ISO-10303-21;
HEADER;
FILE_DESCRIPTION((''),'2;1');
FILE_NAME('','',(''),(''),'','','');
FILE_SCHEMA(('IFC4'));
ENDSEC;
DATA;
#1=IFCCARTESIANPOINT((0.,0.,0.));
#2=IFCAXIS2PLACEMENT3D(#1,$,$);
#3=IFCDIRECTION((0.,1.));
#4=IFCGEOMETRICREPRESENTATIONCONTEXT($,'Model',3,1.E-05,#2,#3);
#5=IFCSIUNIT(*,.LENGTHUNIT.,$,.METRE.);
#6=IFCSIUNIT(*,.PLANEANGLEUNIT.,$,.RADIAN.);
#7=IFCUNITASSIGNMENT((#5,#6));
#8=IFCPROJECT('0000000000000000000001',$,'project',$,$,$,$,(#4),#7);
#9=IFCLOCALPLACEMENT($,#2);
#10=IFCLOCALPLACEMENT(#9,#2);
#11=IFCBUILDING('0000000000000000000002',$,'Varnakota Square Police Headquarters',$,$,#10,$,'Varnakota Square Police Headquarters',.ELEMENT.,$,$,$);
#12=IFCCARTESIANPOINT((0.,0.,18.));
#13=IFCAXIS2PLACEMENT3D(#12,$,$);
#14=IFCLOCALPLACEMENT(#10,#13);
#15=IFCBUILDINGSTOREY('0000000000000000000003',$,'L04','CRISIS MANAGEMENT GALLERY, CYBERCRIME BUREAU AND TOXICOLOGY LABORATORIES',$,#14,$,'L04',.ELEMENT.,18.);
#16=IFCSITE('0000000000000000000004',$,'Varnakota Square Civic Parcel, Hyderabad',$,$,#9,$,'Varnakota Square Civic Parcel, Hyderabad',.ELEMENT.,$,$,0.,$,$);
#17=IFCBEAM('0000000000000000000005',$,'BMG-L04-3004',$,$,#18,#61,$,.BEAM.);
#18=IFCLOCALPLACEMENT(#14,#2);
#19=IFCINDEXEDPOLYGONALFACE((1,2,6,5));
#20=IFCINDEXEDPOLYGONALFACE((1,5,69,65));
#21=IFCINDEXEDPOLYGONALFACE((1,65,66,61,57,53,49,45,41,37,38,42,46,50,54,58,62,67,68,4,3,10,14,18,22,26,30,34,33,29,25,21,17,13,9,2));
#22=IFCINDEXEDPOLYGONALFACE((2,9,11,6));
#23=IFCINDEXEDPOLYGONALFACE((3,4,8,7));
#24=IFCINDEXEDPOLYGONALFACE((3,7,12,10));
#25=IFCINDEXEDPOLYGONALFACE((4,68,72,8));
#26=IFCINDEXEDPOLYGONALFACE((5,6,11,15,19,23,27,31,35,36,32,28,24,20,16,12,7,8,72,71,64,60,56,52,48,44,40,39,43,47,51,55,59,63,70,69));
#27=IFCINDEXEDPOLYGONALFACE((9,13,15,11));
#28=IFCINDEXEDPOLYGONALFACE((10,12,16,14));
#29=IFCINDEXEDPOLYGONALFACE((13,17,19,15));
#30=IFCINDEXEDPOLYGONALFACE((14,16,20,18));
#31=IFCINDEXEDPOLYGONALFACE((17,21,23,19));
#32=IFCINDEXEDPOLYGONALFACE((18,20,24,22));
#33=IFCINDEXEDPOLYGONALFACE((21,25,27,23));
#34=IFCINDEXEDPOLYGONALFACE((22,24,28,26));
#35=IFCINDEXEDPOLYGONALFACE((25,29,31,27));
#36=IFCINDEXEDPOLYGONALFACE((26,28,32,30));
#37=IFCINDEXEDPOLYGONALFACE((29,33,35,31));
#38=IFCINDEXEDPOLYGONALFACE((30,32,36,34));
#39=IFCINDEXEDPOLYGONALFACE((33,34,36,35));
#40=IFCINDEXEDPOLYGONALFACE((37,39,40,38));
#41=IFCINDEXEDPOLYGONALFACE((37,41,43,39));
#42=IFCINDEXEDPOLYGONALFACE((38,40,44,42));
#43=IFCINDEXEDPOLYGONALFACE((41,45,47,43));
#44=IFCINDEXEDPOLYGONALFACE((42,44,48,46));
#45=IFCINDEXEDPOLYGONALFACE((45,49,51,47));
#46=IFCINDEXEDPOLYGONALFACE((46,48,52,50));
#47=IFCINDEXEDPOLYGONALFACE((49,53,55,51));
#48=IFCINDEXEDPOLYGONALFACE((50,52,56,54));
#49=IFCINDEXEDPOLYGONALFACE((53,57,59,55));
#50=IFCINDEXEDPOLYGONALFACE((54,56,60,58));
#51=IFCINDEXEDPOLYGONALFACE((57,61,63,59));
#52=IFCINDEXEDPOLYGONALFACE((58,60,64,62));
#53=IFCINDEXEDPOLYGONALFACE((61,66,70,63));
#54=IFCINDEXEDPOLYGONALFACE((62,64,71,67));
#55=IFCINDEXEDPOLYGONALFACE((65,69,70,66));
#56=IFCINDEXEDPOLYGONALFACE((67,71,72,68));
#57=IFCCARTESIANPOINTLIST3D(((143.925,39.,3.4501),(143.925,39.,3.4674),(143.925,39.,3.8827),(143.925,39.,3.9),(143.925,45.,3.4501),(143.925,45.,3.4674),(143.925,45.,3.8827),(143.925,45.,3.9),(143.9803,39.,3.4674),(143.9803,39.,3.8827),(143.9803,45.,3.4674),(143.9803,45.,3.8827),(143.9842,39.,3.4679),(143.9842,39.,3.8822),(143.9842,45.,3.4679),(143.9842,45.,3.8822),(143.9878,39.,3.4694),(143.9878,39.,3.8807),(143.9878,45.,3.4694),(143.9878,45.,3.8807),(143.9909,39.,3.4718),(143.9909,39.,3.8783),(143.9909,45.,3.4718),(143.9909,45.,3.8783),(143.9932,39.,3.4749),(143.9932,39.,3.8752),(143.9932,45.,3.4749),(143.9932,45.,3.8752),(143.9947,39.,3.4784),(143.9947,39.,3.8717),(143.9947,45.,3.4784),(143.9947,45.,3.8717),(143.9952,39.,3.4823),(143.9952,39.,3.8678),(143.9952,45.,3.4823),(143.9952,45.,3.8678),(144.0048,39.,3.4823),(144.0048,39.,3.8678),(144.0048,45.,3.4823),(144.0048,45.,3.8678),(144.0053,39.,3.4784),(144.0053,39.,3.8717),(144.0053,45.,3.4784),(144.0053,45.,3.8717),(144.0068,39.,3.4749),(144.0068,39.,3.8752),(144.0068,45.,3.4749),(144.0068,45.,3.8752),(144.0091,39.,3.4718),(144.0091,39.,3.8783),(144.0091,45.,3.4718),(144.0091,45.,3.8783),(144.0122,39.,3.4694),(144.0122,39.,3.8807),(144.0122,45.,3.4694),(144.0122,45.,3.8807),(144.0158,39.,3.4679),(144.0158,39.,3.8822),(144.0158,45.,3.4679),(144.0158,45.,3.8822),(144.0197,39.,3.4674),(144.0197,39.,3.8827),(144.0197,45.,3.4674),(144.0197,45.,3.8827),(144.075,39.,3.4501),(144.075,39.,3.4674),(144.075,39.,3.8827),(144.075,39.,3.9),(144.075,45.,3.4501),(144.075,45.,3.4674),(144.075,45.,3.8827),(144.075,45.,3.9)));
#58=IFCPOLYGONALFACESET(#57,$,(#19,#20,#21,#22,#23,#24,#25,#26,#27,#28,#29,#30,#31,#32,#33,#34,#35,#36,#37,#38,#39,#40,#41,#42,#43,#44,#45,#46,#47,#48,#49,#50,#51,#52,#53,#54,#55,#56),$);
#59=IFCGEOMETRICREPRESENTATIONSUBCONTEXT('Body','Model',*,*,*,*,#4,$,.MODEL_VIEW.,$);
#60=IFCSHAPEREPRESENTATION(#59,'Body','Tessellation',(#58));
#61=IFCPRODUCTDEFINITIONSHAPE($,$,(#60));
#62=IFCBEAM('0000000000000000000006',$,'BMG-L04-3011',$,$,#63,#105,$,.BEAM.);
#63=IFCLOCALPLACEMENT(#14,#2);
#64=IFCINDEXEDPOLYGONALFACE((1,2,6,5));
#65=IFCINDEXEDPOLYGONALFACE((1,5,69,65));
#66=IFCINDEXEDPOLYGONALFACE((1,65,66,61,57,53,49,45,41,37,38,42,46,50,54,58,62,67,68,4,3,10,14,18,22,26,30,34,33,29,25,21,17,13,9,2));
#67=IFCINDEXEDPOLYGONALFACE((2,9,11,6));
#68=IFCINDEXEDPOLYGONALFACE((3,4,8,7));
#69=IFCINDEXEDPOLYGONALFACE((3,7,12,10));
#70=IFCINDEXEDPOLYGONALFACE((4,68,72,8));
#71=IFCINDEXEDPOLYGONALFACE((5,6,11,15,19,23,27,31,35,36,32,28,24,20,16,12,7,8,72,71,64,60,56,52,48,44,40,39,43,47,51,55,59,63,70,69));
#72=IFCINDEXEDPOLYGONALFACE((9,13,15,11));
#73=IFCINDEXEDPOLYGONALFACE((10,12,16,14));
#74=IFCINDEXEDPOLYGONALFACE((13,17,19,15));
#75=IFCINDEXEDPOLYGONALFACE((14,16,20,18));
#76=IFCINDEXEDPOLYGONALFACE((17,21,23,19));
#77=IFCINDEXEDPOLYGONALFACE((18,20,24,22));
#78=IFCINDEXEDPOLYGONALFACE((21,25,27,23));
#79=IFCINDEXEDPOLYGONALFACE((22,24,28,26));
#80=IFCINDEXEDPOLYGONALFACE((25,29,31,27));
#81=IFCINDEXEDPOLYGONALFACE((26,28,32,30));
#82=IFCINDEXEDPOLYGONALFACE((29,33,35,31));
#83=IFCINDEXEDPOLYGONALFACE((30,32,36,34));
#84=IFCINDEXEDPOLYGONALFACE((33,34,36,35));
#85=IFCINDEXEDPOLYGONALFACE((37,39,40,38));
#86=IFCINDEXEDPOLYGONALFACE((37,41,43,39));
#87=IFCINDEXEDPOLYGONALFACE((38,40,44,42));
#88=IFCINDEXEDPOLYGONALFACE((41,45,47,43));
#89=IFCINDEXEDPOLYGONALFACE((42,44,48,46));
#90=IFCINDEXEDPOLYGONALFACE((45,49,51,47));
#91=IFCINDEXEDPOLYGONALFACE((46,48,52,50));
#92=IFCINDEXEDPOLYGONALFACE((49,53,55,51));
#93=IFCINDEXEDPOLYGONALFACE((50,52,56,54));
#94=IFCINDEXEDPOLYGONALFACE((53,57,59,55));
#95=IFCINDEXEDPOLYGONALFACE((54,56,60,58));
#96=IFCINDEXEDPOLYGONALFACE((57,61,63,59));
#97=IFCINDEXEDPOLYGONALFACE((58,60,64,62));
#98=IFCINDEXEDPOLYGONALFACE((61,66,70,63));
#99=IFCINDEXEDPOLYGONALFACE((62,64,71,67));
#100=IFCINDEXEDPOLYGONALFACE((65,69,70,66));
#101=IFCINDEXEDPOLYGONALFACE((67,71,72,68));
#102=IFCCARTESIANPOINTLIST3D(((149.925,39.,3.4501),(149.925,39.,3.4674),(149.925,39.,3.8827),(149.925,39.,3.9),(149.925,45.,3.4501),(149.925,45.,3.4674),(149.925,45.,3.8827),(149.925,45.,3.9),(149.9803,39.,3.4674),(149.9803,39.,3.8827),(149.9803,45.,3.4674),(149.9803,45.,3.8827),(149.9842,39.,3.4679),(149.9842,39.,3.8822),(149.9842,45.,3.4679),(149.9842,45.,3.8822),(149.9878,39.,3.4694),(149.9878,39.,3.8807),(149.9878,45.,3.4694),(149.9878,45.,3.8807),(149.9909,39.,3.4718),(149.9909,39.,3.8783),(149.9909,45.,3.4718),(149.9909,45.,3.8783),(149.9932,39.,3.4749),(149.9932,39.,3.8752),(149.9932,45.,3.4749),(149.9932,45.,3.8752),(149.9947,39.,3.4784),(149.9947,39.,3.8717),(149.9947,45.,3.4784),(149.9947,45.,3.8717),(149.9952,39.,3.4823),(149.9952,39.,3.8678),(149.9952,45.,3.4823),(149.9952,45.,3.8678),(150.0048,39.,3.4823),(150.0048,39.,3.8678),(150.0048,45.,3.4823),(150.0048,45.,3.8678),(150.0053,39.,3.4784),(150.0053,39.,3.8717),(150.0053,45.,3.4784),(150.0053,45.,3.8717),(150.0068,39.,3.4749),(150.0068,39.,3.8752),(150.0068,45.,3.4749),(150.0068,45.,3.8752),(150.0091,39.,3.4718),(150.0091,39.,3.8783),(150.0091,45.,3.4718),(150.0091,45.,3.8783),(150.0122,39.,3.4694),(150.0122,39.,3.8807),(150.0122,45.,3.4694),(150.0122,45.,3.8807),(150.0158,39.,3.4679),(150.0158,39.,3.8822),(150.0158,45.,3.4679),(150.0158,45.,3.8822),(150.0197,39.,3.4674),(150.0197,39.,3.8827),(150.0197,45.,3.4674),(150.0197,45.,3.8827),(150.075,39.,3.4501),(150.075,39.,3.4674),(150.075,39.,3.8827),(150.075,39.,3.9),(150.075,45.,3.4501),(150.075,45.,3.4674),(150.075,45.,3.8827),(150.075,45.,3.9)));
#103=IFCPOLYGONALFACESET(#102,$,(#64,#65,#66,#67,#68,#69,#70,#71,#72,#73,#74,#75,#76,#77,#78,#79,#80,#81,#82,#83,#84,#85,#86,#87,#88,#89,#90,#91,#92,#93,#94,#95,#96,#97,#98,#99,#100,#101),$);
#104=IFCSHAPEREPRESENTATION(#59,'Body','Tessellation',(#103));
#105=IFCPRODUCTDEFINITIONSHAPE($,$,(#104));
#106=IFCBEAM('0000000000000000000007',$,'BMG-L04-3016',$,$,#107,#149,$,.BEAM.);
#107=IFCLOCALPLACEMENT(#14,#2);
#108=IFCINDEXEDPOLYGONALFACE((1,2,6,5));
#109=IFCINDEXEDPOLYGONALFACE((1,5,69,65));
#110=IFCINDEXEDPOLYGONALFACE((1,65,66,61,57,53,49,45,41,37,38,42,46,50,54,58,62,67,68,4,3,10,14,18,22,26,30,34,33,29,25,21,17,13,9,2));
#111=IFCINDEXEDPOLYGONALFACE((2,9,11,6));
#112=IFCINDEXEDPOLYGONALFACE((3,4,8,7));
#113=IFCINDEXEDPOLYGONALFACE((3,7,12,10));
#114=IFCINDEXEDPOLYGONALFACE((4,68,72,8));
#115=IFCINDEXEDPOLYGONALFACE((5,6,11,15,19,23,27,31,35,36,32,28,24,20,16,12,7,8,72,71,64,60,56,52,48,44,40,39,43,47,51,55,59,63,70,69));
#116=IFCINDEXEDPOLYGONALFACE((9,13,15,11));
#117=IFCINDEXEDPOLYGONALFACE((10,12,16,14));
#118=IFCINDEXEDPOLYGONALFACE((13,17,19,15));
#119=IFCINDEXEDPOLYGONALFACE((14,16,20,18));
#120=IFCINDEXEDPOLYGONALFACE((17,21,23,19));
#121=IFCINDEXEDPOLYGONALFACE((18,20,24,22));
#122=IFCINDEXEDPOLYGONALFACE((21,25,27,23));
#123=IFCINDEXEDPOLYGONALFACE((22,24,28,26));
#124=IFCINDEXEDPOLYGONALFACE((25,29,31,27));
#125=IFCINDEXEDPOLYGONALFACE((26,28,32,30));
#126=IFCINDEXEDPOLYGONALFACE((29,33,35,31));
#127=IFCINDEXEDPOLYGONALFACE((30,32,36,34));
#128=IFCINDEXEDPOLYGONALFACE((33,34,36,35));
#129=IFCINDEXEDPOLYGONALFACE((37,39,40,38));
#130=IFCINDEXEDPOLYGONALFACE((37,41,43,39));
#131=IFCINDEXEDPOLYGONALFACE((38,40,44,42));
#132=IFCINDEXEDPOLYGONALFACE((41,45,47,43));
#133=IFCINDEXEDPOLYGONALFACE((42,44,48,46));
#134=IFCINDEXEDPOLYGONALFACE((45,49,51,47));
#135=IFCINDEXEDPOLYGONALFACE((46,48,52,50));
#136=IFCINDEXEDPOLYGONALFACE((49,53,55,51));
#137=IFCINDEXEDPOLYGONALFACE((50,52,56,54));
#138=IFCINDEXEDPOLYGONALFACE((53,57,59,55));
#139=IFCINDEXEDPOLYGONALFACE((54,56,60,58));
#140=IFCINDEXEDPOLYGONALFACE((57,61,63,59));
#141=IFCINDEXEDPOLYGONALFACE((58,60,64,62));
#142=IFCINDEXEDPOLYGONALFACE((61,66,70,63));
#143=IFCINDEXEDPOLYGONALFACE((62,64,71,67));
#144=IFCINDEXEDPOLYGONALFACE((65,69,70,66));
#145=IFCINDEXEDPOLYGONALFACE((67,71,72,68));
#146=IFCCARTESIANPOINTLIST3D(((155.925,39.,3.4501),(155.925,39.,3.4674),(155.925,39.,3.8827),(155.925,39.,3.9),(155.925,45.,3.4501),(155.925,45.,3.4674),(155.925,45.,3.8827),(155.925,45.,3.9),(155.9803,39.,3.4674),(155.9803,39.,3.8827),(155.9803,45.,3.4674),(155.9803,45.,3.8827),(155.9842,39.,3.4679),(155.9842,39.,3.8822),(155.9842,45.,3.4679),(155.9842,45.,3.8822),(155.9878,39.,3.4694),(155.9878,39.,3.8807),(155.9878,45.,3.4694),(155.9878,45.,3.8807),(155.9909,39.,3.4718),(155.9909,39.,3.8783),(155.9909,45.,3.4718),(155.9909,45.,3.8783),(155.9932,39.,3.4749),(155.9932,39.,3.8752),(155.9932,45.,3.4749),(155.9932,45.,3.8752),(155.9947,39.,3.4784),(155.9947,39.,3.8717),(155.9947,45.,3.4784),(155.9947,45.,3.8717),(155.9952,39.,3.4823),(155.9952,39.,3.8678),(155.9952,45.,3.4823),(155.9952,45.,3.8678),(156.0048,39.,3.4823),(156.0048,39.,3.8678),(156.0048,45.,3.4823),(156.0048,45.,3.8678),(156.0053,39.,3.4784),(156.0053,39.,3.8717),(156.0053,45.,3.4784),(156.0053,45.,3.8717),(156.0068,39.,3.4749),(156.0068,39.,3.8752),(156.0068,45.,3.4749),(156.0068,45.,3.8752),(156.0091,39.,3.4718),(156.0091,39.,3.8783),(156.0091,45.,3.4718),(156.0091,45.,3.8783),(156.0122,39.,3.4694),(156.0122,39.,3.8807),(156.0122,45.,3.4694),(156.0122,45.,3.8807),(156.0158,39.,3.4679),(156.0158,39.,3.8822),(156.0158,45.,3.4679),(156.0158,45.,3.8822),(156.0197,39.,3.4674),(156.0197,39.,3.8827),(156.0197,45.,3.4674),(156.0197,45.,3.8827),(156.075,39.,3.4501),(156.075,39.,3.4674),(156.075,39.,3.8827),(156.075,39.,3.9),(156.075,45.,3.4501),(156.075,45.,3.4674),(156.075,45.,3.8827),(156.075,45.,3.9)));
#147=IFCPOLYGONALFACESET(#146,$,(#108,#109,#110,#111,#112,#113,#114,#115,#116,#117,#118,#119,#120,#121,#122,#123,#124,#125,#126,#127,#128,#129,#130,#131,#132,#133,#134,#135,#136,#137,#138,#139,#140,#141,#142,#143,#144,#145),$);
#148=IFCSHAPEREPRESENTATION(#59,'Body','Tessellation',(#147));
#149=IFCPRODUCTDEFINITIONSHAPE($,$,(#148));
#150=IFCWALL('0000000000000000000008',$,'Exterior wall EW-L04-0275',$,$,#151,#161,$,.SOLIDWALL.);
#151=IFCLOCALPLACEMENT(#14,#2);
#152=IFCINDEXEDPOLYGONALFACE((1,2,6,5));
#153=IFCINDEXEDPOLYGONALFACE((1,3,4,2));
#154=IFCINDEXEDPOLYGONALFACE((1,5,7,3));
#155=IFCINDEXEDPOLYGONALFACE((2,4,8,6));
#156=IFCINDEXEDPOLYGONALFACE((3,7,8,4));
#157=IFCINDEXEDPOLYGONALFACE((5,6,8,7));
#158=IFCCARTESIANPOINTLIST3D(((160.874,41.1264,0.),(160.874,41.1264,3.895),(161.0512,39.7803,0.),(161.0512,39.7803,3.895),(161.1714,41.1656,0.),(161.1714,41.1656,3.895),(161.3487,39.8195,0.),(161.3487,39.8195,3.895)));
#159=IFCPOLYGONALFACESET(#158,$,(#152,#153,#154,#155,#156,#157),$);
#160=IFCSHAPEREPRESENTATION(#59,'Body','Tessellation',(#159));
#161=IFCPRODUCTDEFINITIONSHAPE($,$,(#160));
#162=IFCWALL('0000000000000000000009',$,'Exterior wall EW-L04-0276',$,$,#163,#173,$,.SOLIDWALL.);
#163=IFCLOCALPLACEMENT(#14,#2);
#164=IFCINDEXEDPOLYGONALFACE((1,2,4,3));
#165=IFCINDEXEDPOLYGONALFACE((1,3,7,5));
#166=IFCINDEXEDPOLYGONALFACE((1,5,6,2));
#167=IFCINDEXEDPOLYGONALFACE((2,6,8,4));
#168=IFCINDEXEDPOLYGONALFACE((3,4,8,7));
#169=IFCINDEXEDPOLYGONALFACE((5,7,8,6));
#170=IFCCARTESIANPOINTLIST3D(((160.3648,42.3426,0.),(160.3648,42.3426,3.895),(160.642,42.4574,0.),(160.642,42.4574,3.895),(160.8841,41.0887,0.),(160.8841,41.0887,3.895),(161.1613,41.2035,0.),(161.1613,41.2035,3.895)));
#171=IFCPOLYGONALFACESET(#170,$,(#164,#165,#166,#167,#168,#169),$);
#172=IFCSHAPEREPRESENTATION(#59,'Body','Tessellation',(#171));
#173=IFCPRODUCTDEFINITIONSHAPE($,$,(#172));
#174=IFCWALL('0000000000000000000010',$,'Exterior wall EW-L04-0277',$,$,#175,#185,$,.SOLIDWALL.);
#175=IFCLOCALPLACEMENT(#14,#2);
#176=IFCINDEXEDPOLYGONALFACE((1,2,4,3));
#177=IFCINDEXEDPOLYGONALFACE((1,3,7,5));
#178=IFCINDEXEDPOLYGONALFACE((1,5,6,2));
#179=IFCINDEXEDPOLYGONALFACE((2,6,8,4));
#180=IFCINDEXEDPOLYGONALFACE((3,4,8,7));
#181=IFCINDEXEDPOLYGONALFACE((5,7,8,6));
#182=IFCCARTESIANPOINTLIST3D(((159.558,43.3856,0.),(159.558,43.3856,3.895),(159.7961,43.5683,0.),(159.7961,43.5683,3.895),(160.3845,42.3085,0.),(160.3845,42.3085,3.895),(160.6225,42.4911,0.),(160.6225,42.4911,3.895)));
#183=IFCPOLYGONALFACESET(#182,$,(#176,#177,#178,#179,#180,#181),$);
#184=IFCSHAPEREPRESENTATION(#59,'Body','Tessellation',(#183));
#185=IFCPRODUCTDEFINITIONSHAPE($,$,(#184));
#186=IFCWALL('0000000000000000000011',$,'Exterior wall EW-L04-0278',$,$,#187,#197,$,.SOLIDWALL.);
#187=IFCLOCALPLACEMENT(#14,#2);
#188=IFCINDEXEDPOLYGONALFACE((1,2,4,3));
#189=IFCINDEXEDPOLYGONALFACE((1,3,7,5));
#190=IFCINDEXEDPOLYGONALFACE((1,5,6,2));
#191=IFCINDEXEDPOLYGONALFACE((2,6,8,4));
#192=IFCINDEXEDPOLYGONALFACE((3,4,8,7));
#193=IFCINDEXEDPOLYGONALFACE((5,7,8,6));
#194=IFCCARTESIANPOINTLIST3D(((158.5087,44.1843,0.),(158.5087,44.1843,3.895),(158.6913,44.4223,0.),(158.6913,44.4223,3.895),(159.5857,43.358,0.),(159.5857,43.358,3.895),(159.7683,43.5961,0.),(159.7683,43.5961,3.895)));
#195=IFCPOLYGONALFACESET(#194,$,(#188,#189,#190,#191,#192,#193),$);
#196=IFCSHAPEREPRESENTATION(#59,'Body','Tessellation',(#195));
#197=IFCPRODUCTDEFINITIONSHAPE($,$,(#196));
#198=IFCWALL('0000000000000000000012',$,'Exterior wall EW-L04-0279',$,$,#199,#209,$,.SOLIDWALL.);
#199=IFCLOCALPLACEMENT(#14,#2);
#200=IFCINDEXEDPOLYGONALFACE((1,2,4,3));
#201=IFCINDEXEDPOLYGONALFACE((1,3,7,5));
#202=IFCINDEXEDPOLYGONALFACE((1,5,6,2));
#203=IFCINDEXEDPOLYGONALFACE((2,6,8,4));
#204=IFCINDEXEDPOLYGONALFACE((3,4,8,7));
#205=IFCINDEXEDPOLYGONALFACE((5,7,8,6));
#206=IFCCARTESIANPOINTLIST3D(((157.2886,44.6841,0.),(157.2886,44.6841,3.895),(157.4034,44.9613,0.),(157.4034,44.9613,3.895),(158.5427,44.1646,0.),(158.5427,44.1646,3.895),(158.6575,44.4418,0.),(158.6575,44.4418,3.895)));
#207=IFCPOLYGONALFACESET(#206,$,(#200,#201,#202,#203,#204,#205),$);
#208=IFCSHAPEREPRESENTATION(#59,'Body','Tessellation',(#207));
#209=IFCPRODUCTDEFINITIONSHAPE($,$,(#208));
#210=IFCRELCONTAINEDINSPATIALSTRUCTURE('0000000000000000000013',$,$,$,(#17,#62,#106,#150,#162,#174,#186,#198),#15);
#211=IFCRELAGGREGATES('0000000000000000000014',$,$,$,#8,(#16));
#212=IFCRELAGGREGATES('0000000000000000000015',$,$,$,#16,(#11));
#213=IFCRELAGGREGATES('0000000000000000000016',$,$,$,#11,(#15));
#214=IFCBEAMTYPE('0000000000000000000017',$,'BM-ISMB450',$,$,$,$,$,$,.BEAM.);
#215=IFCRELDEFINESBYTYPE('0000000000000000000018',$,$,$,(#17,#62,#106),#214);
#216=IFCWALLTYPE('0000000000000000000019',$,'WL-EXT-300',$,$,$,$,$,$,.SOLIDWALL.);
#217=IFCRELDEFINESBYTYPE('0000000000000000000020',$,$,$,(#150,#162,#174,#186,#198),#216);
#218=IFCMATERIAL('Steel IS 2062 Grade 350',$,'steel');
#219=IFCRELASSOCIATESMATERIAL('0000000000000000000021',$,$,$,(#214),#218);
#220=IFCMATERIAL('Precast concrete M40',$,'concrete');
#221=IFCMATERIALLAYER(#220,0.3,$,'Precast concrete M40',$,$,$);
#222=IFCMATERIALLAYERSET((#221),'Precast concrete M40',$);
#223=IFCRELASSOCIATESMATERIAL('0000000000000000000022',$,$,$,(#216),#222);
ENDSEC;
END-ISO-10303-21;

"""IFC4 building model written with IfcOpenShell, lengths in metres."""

from ifc_helpers import new_model, si_unit, direction, frame, frame_2d, origin, origin_2d, place, context, subcontext, project, spatial, rectangle, i_section, extrude, material, layer, layer_set, material_profile, profile_set, type_object, element, save


model = new_model("IFC4")

# Units and contexts
model_context = context("Model", 3, precision=1e-05, world=origin(), true_north=direction((0.0, 1.0)))
body_context = subcontext(model_context, "Body", "Model", "MODEL_VIEW")
ifc_project = project(units=[si_unit("LENGTHUNIT", "METRE"), si_unit("PLANEANGLEUNIT", "RADIAN")], contexts=[model_context])

# Site, building, storey
site_placement = place(None, origin())
site = spatial("IfcSite", under=ifc_project, at=site_placement, Name="Varnakota Square Civic Parcel, Hyderabad", LongName="Varnakota Square Civic Parcel, Hyderabad", CompositionType="ELEMENT", RefElevation=0.0)
building_placement = place(site_placement, origin())
building = spatial("IfcBuilding", under=site, at=building_placement, Name="Varnakota Square Police Headquarters", LongName="Varnakota Square Police Headquarters", CompositionType="ELEMENT")
storey_placement = place(building_placement, frame((0.0, 0.0, 18.0)))
storey = spatial("IfcBuildingStorey", under=building, at=storey_placement, Name="L04", Description="CRISIS MANAGEMENT GALLERY, CYBERCRIME BUREAU AND TOXICOLOGY LABORATORIES", LongName="L04", CompositionType="ELEMENT", Elevation=18.0)

# Shared definitions
ifc_material_1 = material(Name="Steel IS 2062 Grade 350", Category="steel")

# Beams
ifc_material_profile_1 = material_profile(ifc_material_1, i_section(OverallWidth=0.1499, OverallDepth=0.45, WebThickness=0.0095, FlangeThickness=0.0173, FilletRadius=0.0149, at=origin_2d()), Name="ISMB 450")
ifc_profile_set_1 = profile_set([ifc_material_profile_1], Name="Steel IS 2062 Grade 350")
beam_type_1 = type_object("IfcBeamType", Name="BM-ISMB450", PredefinedType="BEAM", material=ifc_profile_set_1)
for number, where, z_axis, x_axis, name in (
    (1, (144.0, 39.0, 3.675), (0.0, 1.0, 0.0), (-1.0, 0.0, 0.0), "BMG-L04-3004"),
    (2, (150.0, 39.0, 3.675), (0.0, 1.0, 0.0), (-1.0, 0.0, 0.0), "BMG-L04-3011"),
    (3, (156.0, 39.0, 3.675), (0.0, 1.0, 0.0), (-1.0, 0.0, 0.0), "BMG-L04-3016"),
):
    element("IfcBeam", number, at=place(storey_placement, frame(where, z_axis=z_axis, x_axis=x_axis)), inside=storey, type_object=beam_type_1, Name=name, PredefinedType="BEAM", context=body_context, shape_type="SweptSolid", body=[
        extrude(i_section(OverallWidth=0.1499, OverallDepth=0.45, WebThickness=0.0095, FlangeThickness=0.0173, FilletRadius=0.0149, at=origin_2d()), origin(), (0.0, 0.0, 1.0), 6.0),
    ])

# Walls
ifc_material_2 = material(Name="Precast concrete M40", Category="concrete")
ifc_layer_1 = layer(ifc_material_2, 0.3, Name="Precast concrete M40")
ifc_layer_set_1 = layer_set([ifc_layer_1], Name="Precast concrete M40")
wall_type_1 = type_object("IfcWallType", Name="WL-EXT-300", PredefinedType="SOLIDWALL", material=ifc_layer_set_1)
wall_1_placement = place(storey_placement, frame((161.2, 39.8, 0.0), z_axis=(0.0, 0.0, 1.0), x_axis=(-0.130562, 0.99144, 0.0)))
element("IfcWall", 4, at=wall_1_placement, inside=storey, type_object=wall_type_1, Name="Exterior wall EW-L04-0275", PredefinedType="SOLIDWALL", context=body_context, shape_type="SweptSolid", body=[
    extrude(rectangle(XDim=1.3577, YDim=0.3, at=frame_2d((0.6787, 0.0))), origin(), (0.0, 0.0, 1.0), 3.895),
])
wall_2_placement = place(storey_placement, frame((161.0227, 41.146, 0.0), z_axis=(0.0, 0.0, 1.0), x_axis=(-0.382622, 0.923905, 0.0)))
element("IfcWall", 5, at=wall_2_placement, inside=storey, type_object=wall_type_1, Name="Exterior wall EW-L04-0276", PredefinedType="SOLIDWALL", context=body_context, shape_type="SweptSolid", body=[
    extrude(rectangle(XDim=1.3572, YDim=0.3, at=frame_2d((0.6787, 0.0))), origin(), (0.0, 0.0, 1.0), 3.895),
])
wall_3_placement = place(storey_placement, frame((160.5034, 42.3999, 0.0), z_axis=(0.0, 0.0, 1.0), x_axis=(-0.608711, 0.793392, 0.0)))
element("IfcWall", 6, at=wall_3_placement, inside=storey, type_object=wall_type_1, Name="Exterior wall EW-L04-0277", PredefinedType="SOLIDWALL", context=body_context, shape_type="SweptSolid", body=[
    extrude(rectangle(XDim=1.3577, YDim=0.3, at=frame_2d((0.6787, 0.0))), origin(), (0.0, 0.0, 1.0), 3.895),
])
for number, where, z_axis, x_axis, name in (
    (7, (159.677, 43.4771, 0.0), (0.0, 0.0, 1.0), (-0.793412, 0.608685, 0.0), "Exterior wall EW-L04-0278"),
    (8, (158.6001, 44.3032, 0.0), (0.0, 0.0, 1.0), (-0.923868, 0.382712, 0.0), "Exterior wall EW-L04-0279"),
):
    element("IfcWall", number, at=place(storey_placement, frame(where, z_axis=z_axis, x_axis=x_axis)), inside=storey, type_object=wall_type_1, Name=name, PredefinedType="SOLIDWALL", context=body_context, shape_type="SweptSolid", body=[
        extrude(rectangle(XDim=1.3574, YDim=0.3, at=frame_2d((0.6787, 0.0))), origin(), (0.0, 0.0, 1.0), 3.895),
    ])

save(model, "model.ifc")
